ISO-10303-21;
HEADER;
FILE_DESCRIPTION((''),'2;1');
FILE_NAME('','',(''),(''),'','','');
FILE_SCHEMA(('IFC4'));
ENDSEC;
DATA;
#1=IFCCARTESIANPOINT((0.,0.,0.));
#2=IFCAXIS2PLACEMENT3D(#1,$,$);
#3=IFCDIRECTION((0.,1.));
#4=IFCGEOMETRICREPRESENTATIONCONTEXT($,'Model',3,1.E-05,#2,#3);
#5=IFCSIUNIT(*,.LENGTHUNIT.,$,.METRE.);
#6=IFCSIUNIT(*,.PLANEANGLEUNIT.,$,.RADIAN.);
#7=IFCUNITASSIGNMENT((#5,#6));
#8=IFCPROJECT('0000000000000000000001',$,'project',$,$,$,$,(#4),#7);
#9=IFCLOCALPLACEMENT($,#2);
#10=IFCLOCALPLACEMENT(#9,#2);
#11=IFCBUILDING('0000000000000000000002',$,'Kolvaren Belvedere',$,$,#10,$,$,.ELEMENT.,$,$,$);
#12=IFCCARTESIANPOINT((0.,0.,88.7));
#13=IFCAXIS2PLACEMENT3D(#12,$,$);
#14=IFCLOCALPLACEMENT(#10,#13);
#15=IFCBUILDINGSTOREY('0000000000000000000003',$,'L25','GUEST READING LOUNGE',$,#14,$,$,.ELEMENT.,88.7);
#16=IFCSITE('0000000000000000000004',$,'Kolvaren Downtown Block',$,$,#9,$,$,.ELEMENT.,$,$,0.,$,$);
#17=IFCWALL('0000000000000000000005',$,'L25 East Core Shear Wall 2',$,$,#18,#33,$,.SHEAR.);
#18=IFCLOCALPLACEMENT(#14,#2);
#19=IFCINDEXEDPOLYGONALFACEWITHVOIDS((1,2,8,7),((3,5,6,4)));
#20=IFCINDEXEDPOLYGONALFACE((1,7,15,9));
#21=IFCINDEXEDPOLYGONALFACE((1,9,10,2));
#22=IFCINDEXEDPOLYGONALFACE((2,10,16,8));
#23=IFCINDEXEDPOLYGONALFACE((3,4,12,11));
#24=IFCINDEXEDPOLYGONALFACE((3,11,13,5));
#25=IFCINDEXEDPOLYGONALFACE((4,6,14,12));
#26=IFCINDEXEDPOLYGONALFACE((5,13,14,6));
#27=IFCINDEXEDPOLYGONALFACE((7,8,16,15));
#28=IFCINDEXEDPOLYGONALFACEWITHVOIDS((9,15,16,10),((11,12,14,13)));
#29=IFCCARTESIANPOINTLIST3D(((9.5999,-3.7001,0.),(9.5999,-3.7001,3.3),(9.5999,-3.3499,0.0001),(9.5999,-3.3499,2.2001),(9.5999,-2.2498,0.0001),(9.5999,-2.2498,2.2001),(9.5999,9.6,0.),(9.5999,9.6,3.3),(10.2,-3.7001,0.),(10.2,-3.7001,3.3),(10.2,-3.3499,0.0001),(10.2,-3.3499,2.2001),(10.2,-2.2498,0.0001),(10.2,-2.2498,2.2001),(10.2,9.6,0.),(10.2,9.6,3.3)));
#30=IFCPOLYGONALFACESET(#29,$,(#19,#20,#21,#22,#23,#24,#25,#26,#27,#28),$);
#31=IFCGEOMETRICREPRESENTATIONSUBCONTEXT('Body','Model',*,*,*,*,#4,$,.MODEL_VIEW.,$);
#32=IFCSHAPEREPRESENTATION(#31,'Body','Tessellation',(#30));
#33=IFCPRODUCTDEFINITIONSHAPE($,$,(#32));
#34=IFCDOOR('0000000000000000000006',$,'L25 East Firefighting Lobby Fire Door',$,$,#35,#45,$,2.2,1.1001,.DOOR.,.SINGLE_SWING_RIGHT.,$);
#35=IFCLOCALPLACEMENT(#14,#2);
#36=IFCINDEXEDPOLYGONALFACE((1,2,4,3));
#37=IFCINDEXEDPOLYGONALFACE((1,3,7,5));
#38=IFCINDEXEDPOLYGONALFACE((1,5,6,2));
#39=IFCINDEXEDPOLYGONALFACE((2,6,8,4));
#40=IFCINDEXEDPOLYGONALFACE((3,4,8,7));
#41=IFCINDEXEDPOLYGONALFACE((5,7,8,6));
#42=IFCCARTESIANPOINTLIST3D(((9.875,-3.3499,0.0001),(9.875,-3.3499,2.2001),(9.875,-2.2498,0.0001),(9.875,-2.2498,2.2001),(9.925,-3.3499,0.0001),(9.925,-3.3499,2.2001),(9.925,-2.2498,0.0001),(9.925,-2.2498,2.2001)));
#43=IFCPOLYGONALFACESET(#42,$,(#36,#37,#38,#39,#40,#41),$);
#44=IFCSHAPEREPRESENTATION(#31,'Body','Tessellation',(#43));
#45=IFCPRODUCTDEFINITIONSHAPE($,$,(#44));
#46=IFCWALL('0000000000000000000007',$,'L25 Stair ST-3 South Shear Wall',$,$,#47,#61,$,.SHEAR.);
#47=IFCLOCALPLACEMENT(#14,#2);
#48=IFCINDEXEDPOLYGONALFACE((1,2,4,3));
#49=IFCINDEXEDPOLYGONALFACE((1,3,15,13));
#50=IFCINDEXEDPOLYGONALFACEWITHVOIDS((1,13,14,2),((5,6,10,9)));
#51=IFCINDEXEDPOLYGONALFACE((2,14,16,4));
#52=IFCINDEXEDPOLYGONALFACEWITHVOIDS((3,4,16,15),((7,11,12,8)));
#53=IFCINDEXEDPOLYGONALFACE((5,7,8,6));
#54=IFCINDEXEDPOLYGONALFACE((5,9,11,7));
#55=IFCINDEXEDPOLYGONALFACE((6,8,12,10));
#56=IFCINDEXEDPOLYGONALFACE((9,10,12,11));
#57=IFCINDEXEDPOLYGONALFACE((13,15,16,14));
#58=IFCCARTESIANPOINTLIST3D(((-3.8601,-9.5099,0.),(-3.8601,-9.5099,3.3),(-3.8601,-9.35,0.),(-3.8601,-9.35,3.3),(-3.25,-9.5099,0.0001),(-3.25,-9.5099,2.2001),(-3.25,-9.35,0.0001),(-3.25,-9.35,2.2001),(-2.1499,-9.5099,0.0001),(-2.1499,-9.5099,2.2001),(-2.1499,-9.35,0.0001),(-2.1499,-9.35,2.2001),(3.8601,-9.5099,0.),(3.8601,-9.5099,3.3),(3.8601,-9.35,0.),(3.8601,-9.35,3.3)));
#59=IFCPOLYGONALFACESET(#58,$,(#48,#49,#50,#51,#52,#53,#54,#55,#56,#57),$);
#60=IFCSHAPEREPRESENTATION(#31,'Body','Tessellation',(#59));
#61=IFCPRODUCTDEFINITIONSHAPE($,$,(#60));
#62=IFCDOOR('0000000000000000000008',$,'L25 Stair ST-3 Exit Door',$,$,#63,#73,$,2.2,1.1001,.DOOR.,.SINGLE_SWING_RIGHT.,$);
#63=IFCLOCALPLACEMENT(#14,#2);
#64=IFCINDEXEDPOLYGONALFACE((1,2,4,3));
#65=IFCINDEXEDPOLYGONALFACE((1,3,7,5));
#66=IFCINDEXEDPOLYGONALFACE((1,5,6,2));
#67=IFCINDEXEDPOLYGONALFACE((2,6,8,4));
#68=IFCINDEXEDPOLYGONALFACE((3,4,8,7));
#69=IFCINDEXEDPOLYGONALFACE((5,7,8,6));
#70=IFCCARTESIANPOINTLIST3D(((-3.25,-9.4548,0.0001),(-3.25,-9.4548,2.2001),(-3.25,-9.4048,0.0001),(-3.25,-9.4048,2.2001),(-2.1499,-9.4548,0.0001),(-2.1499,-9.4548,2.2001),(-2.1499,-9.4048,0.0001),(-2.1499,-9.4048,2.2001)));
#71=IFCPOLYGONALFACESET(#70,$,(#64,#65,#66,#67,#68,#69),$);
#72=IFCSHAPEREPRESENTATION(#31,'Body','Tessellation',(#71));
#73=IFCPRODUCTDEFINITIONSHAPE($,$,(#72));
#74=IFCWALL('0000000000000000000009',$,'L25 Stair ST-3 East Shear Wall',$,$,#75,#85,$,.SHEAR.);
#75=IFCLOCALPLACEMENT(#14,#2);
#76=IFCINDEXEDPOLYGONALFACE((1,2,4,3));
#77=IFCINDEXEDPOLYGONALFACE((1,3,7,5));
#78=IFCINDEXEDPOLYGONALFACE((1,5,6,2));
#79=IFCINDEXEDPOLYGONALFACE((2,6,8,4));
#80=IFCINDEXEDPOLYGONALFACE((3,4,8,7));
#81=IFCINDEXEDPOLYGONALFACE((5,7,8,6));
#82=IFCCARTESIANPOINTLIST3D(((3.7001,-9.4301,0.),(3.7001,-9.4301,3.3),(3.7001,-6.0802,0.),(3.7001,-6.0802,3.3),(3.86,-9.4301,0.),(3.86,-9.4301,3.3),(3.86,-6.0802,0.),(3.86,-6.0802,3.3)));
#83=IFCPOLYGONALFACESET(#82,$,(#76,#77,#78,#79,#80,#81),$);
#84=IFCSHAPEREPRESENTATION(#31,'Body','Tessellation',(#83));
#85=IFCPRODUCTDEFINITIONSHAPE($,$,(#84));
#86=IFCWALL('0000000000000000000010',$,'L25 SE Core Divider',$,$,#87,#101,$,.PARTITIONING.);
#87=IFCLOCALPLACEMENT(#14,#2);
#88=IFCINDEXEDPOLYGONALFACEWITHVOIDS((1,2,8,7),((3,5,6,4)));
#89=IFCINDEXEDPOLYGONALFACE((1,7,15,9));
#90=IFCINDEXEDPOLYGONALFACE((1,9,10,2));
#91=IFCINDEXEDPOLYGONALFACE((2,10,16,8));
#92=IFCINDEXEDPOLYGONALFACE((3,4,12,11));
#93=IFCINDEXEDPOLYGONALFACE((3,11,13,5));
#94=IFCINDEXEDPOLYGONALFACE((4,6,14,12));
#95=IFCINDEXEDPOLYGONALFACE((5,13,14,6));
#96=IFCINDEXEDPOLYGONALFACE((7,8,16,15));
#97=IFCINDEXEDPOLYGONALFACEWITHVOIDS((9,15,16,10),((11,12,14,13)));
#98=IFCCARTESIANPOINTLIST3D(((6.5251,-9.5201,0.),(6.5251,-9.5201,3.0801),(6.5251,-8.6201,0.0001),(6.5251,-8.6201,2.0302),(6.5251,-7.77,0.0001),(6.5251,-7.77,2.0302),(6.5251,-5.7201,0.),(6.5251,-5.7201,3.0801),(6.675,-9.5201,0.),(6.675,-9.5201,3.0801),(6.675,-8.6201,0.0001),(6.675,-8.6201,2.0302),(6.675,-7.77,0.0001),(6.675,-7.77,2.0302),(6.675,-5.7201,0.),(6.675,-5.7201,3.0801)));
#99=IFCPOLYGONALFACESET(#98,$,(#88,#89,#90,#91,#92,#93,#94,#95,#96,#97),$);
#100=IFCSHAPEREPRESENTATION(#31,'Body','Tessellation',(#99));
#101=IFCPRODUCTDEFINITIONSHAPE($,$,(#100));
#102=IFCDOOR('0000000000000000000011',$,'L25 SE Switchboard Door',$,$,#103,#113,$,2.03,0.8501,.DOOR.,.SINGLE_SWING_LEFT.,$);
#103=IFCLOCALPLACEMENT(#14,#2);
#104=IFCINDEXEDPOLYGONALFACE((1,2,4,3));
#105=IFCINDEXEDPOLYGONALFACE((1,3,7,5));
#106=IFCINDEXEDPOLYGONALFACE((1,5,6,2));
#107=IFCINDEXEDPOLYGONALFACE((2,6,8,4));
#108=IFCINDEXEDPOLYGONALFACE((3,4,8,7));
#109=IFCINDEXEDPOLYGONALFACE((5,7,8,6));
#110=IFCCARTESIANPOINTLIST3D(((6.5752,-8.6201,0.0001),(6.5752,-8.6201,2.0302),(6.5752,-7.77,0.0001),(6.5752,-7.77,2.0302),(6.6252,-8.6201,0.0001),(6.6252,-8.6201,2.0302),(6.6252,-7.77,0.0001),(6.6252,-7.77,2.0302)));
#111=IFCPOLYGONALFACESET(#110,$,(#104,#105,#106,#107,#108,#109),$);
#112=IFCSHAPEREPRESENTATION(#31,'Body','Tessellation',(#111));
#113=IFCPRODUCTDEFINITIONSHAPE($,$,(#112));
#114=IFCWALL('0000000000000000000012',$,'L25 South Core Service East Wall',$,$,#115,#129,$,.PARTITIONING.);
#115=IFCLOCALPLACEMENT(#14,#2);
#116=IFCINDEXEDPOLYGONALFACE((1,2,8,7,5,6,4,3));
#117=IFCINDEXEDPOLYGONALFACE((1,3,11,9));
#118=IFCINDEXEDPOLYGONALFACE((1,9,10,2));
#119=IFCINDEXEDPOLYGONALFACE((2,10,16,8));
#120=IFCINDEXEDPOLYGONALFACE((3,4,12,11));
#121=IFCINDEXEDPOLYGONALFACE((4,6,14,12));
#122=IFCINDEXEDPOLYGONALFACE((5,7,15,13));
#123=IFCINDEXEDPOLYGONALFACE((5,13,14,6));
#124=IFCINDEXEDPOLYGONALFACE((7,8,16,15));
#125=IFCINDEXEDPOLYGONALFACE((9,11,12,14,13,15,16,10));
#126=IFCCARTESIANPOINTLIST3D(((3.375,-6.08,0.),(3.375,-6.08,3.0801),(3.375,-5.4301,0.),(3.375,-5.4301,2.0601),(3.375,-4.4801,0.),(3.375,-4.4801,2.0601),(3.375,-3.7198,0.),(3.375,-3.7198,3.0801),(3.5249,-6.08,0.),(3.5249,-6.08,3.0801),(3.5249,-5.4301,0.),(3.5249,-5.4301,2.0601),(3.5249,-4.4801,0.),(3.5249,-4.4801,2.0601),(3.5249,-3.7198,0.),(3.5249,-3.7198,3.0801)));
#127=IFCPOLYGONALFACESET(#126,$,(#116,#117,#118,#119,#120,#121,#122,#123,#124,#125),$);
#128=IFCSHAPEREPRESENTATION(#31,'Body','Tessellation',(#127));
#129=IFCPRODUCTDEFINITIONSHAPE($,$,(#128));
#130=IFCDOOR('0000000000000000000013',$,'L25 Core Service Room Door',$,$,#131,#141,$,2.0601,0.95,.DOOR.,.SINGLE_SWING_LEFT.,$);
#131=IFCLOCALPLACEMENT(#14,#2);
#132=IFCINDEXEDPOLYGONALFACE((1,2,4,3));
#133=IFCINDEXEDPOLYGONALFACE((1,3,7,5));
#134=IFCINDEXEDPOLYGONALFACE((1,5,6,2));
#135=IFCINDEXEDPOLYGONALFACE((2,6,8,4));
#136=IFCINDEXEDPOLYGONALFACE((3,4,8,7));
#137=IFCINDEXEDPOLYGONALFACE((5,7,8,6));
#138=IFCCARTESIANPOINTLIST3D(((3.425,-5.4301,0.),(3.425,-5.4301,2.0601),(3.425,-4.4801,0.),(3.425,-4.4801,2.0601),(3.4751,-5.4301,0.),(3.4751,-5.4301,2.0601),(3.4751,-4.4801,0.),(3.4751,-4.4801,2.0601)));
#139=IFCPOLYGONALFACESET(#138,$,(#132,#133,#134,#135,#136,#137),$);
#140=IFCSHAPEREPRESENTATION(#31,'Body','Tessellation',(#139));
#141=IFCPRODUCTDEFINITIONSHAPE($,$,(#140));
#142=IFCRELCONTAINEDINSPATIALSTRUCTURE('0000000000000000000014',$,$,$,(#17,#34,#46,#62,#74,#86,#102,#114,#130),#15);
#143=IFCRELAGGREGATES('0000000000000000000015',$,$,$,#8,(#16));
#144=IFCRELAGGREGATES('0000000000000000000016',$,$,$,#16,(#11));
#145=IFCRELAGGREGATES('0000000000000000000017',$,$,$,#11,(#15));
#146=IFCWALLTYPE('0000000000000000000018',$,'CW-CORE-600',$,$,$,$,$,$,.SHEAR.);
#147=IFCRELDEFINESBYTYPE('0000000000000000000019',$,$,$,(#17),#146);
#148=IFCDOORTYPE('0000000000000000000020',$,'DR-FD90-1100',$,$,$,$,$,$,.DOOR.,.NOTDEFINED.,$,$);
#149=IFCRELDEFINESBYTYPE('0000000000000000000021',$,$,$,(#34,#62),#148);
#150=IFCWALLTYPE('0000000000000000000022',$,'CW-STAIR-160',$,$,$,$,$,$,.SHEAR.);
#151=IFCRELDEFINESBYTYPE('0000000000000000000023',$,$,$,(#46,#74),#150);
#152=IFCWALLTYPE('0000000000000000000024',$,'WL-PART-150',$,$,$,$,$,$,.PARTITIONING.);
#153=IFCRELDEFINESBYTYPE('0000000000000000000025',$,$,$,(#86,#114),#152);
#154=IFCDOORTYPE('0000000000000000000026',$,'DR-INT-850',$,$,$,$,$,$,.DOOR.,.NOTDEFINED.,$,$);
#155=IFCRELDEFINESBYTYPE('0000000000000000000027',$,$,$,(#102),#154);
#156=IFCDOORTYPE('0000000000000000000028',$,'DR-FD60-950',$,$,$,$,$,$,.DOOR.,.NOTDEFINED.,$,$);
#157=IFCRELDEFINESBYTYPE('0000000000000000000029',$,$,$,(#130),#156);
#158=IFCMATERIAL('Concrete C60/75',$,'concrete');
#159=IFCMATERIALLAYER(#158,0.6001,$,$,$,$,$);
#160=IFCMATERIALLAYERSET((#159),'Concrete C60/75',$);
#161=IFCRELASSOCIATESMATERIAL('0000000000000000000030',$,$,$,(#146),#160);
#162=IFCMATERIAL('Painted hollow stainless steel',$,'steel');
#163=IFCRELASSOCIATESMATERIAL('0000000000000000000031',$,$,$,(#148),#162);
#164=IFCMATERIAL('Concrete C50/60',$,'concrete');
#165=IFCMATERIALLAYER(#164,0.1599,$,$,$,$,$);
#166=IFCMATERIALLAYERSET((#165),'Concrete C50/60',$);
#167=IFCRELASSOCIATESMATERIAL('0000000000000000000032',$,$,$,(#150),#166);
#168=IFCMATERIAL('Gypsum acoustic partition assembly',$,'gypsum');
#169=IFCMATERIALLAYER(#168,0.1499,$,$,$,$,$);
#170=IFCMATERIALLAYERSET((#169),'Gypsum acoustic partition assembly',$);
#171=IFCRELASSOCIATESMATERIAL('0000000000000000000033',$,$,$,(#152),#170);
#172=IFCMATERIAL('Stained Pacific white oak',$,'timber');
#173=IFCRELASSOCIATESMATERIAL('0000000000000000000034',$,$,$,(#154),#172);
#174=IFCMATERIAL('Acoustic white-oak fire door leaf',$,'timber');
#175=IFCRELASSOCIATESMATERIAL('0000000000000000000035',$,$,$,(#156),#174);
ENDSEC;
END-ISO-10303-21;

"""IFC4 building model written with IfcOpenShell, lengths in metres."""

from ifc_helpers import new_model, si_unit, direction, frame, frame_2d, origin, place, context, subcontext, project, spatial, rectangle, extrude, material, layer, layer_set, type_object, element, fill, save


model = new_model("IFC4")

# Units and contexts
model_context = context("Model", 3, precision=1e-05, world=origin(), true_north=direction((0.0, 1.0)))
body_context = subcontext(model_context, "Body", "Model", "MODEL_VIEW")
ifc_project = project(units=[si_unit("LENGTHUNIT", "METRE"), si_unit("PLANEANGLEUNIT", "RADIAN")], contexts=[model_context])

# Site, building, storey
site_placement = place(None, origin())
site = spatial("IfcSite", under=ifc_project, at=site_placement, Name="Kolvaren Downtown Block", CompositionType="ELEMENT", RefElevation=0.0)
building_placement = place(site_placement, origin())
building = spatial("IfcBuilding", under=site, at=building_placement, Name="Kolvaren Belvedere", CompositionType="ELEMENT")
storey_placement = place(building_placement, frame((0.0, 0.0, 88.7)))
storey = spatial("IfcBuildingStorey", under=building, at=storey_placement, Name="L25", Description="GUEST READING LOUNGE", CompositionType="ELEMENT", Elevation=88.7)

# Shared definitions
ifc_material_1 = material(Name="Concrete C60/75", Category="concrete")
ifc_layer_1 = layer(ifc_material_1, 0.6001)
ifc_layer_set_1 = layer_set([ifc_layer_1], Name="Concrete C60/75")
wall_type_1 = type_object("IfcWallType", Name="CW-CORE-600", PredefinedType="SHEAR", material=ifc_layer_set_1)

# Walls, openings, doors
wall_1_placement = place(storey_placement, frame((9.8999, -3.7, 0.0), z_axis=(0.0, 0.0, 1.0), x_axis=(0.0, 1.0, 0.0)))
wall_1 = element("IfcWall", 1, at=wall_1_placement, inside=storey, type_object=wall_type_1, Name="L25 East Core Shear Wall 2", PredefinedType="SHEAR", context=body_context, shape_type="SweptSolid", body=[
    extrude(rectangle(XDim=13.3, YDim=0.6001, at=frame_2d((6.6499, 0.0))), origin(), (0.0, 0.0, 1.0), 3.3),
])
opening_1_placement = place(wall_1_placement, frame((0.3501, 0.0, 0.0)))
opening_1 = element("IfcOpeningElement", 2, at=opening_1_placement, cuts=wall_1, PredefinedType="OPENING", context=body_context, shape_type="SweptSolid", body=[
    extrude(rectangle(XDim=1.1001, YDim=2.2, at=frame_2d((0.55, 1.1001))), frame((0.0, 0.3101, 0.0), z_axis=(0.0, -1.0, 0.0), x_axis=(1.0, 0.0, 0.0)), (0.0, 0.0, 1.0), 0.6201),
])
ifc_material_2 = material(Name="Painted hollow stainless steel", Category="steel")
door_type_1 = type_object("IfcDoorType", Name="DR-FD90-1100", OperationType="NOTDEFINED", PredefinedType="DOOR", material=ifc_material_2)
door_1_placement = place(opening_1_placement, origin())
door_1 = element("IfcDoor", 3, at=door_1_placement, inside=storey, type_object=door_type_1, Name="L25 East Firefighting Lobby Fire Door", OperationType="SINGLE_SWING_RIGHT", OverallHeight=2.2, OverallWidth=1.1001, PredefinedType="DOOR", context=body_context, shape_type="SweptSolid", body=[
    extrude(rectangle(XDim=1.1001, YDim=2.2, at=frame_2d((0.55, 1.1001))), frame((0.0, 0.0249, 0.0), z_axis=(0.0, -1.0, 0.0), x_axis=(1.0, 0.0, 0.0)), (0.0, 0.0, 1.0), 0.05),
])
fill(opening_1, door_1)
ifc_material_3 = material(Name="Concrete C50/60", Category="concrete")
ifc_layer_2 = layer(ifc_material_3, 0.1599)
ifc_layer_set_2 = layer_set([ifc_layer_2], Name="Concrete C50/60")
wall_type_2 = type_object("IfcWallType", Name="CW-STAIR-160", PredefinedType="SHEAR", material=ifc_layer_set_2)
wall_2_placement = place(storey_placement, frame((3.8601, -9.4299, 0.0), z_axis=(0.0, 0.0, 1.0), x_axis=(-1.0, 0.0, 0.0)))
wall_2 = element("IfcWall", 4, at=wall_2_placement, inside=storey, type_object=wall_type_2, Name="L25 Stair ST-3 South Shear Wall", PredefinedType="SHEAR", context=body_context, shape_type="SweptSolid", body=[
    extrude(rectangle(XDim=7.7202, YDim=0.1599, at=frame_2d((3.8601, 0.0))), origin(), (0.0, 0.0, 1.0), 3.3),
])
opening_2_placement = place(wall_2_placement, frame((6.01, 0.0, 0.0)))
opening_2 = element("IfcOpeningElement", 5, at=opening_2_placement, cuts=wall_2, PredefinedType="OPENING", context=body_context, shape_type="SweptSolid", body=[
    extrude(rectangle(XDim=1.1001, YDim=2.2, at=frame_2d((0.55, 1.1001))), frame((0.0, 0.0898, 0.0), z_axis=(0.0, -1.0, 0.0), x_axis=(1.0, 0.0, 0.0)), (0.0, 0.0, 1.0), 0.1799),
])
door_2_placement = place(opening_2_placement, origin())
door_2 = element("IfcDoor", 6, at=door_2_placement, inside=storey, type_object=door_type_1, Name="L25 Stair ST-3 Exit Door", OperationType="SINGLE_SWING_RIGHT", OverallHeight=2.2, OverallWidth=1.1001, PredefinedType="DOOR", context=body_context, shape_type="SweptSolid", body=[
    extrude(rectangle(XDim=1.1001, YDim=2.2, at=frame_2d((0.55, 1.1001))), frame((0.0, 0.0249, 0.0), z_axis=(0.0, -1.0, 0.0), x_axis=(1.0, 0.0, 0.0)), (0.0, 0.0, 1.0), 0.05),
])
fill(opening_2, door_2)

# Wall
wall_3_placement = place(storey_placement, frame((3.78, -9.4299, 0.0), z_axis=(0.0, 0.0, 1.0), x_axis=(0.0, 1.0, 0.0)))
element("IfcWall", 7, at=wall_3_placement, inside=storey, type_object=wall_type_2, Name="L25 Stair ST-3 East Shear Wall", PredefinedType="SHEAR", context=body_context, shape_type="SweptSolid", body=[
    extrude(rectangle(XDim=3.3499, YDim=0.1599, at=frame_2d((1.6748, 0.0))), origin(), (0.0, 0.0, 1.0), 3.3),
])

# Walls, openings, doors
ifc_material_4 = material(Name="Gypsum acoustic partition assembly", Category="gypsum")
ifc_layer_3 = layer(ifc_material_4, 0.1499)
ifc_layer_set_3 = layer_set([ifc_layer_3], Name="Gypsum acoustic partition assembly")
wall_type_3 = type_object("IfcWallType", Name="WL-PART-150", PredefinedType="PARTITIONING", material=ifc_layer_set_3)
wall_4_placement = place(storey_placement, frame((6.6001, -9.52, 0.0), z_axis=(0.0, 0.0, 1.0), x_axis=(0.0, 1.0, 0.0)))
wall_4 = element("IfcWall", 8, at=wall_4_placement, inside=storey, type_object=wall_type_3, Name="L25 SE Core Divider", PredefinedType="PARTITIONING", context=body_context, shape_type="SweptSolid", body=[
    extrude(rectangle(XDim=3.8, YDim=0.1499, at=frame_2d((1.8999, 0.0))), origin(), (0.0, 0.0, 1.0), 3.0801),
])
opening_3_placement = place(wall_4_placement, frame((0.8999, 0.0, 0.0)))
opening_3 = element("IfcOpeningElement", 9, at=opening_3_placement, cuts=wall_4, PredefinedType="OPENING", context=body_context, shape_type="SweptSolid", body=[
    extrude(rectangle(XDim=0.8501, YDim=2.03, at=frame_2d((0.425, 1.0151))), frame((0.0, 0.085, 0.0), z_axis=(0.0, -1.0, 0.0), x_axis=(1.0, 0.0, 0.0)), (0.0, 0.0, 1.0), 0.1699),
])
ifc_material_5 = material(Name="Stained Pacific white oak", Category="timber")
door_type_2 = type_object("IfcDoorType", Name="DR-INT-850", OperationType="NOTDEFINED", PredefinedType="DOOR", material=ifc_material_5)
door_3_placement = place(opening_3_placement, origin())
door_3 = element("IfcDoor", 10, at=door_3_placement, inside=storey, type_object=door_type_2, Name="L25 SE Switchboard Door", OperationType="SINGLE_SWING_LEFT", OverallHeight=2.03, OverallWidth=0.8501, PredefinedType="DOOR", context=body_context, shape_type="SweptSolid", body=[
    extrude(rectangle(XDim=0.8501, YDim=2.03, at=frame_2d((0.425, 1.0151))), frame((0.0, 0.0249, 0.0), z_axis=(0.0, -1.0, 0.0), x_axis=(1.0, 0.0, 0.0)), (0.0, 0.0, 1.0), 0.05),
])
fill(opening_3, door_3)
wall_5_placement = place(storey_placement, frame((3.45, -6.0801, 0.0), z_axis=(0.0, 0.0, 1.0), x_axis=(0.0, 1.0, 0.0)))
wall_5 = element("IfcWall", 11, at=wall_5_placement, inside=storey, type_object=wall_type_3, Name="L25 South Core Service East Wall", PredefinedType="PARTITIONING", context=body_context, shape_type="SweptSolid", body=[
    extrude(rectangle(XDim=2.3601, YDim=0.1499, at=frame_2d((1.1802, 0.0))), origin(), (0.0, 0.0, 1.0), 3.0801),
])
opening_4_placement = place(wall_5_placement, frame((0.6499, 0.0, 0.0)))
opening_4 = element("IfcOpeningElement", 12, at=opening_4_placement, cuts=wall_5, PredefinedType="OPENING", context=body_context, shape_type="SweptSolid", body=[
    extrude(rectangle(XDim=0.95, YDim=2.0601, at=frame_2d((0.4751, 1.03))), frame((0.0, 0.085, 0.0), z_axis=(0.0, -1.0, 0.0), x_axis=(1.0, 0.0, 0.0)), (0.0, 0.0, 1.0), 0.1699),
])
ifc_material_6 = material(Name="Acoustic white-oak fire door leaf", Category="timber")
door_type_3 = type_object("IfcDoorType", Name="DR-FD60-950", OperationType="NOTDEFINED", PredefinedType="DOOR", material=ifc_material_6)
door_4_placement = place(opening_4_placement, origin())
door_4 = element("IfcDoor", 13, at=door_4_placement, inside=storey, type_object=door_type_3, Name="L25 Core Service Room Door", OperationType="SINGLE_SWING_LEFT", OverallHeight=2.0601, OverallWidth=0.95, PredefinedType="DOOR", context=body_context, shape_type="SweptSolid", body=[
    extrude(rectangle(XDim=0.95, YDim=2.0601, at=frame_2d((0.4751, 1.03))), frame((0.0, 0.0249, 0.0), z_axis=(0.0, -1.0, 0.0), x_axis=(1.0, 0.0, 0.0)), (0.0, 0.0, 1.0), 0.05),
])
fill(opening_4, door_4)

save(model, "model.ifc")
